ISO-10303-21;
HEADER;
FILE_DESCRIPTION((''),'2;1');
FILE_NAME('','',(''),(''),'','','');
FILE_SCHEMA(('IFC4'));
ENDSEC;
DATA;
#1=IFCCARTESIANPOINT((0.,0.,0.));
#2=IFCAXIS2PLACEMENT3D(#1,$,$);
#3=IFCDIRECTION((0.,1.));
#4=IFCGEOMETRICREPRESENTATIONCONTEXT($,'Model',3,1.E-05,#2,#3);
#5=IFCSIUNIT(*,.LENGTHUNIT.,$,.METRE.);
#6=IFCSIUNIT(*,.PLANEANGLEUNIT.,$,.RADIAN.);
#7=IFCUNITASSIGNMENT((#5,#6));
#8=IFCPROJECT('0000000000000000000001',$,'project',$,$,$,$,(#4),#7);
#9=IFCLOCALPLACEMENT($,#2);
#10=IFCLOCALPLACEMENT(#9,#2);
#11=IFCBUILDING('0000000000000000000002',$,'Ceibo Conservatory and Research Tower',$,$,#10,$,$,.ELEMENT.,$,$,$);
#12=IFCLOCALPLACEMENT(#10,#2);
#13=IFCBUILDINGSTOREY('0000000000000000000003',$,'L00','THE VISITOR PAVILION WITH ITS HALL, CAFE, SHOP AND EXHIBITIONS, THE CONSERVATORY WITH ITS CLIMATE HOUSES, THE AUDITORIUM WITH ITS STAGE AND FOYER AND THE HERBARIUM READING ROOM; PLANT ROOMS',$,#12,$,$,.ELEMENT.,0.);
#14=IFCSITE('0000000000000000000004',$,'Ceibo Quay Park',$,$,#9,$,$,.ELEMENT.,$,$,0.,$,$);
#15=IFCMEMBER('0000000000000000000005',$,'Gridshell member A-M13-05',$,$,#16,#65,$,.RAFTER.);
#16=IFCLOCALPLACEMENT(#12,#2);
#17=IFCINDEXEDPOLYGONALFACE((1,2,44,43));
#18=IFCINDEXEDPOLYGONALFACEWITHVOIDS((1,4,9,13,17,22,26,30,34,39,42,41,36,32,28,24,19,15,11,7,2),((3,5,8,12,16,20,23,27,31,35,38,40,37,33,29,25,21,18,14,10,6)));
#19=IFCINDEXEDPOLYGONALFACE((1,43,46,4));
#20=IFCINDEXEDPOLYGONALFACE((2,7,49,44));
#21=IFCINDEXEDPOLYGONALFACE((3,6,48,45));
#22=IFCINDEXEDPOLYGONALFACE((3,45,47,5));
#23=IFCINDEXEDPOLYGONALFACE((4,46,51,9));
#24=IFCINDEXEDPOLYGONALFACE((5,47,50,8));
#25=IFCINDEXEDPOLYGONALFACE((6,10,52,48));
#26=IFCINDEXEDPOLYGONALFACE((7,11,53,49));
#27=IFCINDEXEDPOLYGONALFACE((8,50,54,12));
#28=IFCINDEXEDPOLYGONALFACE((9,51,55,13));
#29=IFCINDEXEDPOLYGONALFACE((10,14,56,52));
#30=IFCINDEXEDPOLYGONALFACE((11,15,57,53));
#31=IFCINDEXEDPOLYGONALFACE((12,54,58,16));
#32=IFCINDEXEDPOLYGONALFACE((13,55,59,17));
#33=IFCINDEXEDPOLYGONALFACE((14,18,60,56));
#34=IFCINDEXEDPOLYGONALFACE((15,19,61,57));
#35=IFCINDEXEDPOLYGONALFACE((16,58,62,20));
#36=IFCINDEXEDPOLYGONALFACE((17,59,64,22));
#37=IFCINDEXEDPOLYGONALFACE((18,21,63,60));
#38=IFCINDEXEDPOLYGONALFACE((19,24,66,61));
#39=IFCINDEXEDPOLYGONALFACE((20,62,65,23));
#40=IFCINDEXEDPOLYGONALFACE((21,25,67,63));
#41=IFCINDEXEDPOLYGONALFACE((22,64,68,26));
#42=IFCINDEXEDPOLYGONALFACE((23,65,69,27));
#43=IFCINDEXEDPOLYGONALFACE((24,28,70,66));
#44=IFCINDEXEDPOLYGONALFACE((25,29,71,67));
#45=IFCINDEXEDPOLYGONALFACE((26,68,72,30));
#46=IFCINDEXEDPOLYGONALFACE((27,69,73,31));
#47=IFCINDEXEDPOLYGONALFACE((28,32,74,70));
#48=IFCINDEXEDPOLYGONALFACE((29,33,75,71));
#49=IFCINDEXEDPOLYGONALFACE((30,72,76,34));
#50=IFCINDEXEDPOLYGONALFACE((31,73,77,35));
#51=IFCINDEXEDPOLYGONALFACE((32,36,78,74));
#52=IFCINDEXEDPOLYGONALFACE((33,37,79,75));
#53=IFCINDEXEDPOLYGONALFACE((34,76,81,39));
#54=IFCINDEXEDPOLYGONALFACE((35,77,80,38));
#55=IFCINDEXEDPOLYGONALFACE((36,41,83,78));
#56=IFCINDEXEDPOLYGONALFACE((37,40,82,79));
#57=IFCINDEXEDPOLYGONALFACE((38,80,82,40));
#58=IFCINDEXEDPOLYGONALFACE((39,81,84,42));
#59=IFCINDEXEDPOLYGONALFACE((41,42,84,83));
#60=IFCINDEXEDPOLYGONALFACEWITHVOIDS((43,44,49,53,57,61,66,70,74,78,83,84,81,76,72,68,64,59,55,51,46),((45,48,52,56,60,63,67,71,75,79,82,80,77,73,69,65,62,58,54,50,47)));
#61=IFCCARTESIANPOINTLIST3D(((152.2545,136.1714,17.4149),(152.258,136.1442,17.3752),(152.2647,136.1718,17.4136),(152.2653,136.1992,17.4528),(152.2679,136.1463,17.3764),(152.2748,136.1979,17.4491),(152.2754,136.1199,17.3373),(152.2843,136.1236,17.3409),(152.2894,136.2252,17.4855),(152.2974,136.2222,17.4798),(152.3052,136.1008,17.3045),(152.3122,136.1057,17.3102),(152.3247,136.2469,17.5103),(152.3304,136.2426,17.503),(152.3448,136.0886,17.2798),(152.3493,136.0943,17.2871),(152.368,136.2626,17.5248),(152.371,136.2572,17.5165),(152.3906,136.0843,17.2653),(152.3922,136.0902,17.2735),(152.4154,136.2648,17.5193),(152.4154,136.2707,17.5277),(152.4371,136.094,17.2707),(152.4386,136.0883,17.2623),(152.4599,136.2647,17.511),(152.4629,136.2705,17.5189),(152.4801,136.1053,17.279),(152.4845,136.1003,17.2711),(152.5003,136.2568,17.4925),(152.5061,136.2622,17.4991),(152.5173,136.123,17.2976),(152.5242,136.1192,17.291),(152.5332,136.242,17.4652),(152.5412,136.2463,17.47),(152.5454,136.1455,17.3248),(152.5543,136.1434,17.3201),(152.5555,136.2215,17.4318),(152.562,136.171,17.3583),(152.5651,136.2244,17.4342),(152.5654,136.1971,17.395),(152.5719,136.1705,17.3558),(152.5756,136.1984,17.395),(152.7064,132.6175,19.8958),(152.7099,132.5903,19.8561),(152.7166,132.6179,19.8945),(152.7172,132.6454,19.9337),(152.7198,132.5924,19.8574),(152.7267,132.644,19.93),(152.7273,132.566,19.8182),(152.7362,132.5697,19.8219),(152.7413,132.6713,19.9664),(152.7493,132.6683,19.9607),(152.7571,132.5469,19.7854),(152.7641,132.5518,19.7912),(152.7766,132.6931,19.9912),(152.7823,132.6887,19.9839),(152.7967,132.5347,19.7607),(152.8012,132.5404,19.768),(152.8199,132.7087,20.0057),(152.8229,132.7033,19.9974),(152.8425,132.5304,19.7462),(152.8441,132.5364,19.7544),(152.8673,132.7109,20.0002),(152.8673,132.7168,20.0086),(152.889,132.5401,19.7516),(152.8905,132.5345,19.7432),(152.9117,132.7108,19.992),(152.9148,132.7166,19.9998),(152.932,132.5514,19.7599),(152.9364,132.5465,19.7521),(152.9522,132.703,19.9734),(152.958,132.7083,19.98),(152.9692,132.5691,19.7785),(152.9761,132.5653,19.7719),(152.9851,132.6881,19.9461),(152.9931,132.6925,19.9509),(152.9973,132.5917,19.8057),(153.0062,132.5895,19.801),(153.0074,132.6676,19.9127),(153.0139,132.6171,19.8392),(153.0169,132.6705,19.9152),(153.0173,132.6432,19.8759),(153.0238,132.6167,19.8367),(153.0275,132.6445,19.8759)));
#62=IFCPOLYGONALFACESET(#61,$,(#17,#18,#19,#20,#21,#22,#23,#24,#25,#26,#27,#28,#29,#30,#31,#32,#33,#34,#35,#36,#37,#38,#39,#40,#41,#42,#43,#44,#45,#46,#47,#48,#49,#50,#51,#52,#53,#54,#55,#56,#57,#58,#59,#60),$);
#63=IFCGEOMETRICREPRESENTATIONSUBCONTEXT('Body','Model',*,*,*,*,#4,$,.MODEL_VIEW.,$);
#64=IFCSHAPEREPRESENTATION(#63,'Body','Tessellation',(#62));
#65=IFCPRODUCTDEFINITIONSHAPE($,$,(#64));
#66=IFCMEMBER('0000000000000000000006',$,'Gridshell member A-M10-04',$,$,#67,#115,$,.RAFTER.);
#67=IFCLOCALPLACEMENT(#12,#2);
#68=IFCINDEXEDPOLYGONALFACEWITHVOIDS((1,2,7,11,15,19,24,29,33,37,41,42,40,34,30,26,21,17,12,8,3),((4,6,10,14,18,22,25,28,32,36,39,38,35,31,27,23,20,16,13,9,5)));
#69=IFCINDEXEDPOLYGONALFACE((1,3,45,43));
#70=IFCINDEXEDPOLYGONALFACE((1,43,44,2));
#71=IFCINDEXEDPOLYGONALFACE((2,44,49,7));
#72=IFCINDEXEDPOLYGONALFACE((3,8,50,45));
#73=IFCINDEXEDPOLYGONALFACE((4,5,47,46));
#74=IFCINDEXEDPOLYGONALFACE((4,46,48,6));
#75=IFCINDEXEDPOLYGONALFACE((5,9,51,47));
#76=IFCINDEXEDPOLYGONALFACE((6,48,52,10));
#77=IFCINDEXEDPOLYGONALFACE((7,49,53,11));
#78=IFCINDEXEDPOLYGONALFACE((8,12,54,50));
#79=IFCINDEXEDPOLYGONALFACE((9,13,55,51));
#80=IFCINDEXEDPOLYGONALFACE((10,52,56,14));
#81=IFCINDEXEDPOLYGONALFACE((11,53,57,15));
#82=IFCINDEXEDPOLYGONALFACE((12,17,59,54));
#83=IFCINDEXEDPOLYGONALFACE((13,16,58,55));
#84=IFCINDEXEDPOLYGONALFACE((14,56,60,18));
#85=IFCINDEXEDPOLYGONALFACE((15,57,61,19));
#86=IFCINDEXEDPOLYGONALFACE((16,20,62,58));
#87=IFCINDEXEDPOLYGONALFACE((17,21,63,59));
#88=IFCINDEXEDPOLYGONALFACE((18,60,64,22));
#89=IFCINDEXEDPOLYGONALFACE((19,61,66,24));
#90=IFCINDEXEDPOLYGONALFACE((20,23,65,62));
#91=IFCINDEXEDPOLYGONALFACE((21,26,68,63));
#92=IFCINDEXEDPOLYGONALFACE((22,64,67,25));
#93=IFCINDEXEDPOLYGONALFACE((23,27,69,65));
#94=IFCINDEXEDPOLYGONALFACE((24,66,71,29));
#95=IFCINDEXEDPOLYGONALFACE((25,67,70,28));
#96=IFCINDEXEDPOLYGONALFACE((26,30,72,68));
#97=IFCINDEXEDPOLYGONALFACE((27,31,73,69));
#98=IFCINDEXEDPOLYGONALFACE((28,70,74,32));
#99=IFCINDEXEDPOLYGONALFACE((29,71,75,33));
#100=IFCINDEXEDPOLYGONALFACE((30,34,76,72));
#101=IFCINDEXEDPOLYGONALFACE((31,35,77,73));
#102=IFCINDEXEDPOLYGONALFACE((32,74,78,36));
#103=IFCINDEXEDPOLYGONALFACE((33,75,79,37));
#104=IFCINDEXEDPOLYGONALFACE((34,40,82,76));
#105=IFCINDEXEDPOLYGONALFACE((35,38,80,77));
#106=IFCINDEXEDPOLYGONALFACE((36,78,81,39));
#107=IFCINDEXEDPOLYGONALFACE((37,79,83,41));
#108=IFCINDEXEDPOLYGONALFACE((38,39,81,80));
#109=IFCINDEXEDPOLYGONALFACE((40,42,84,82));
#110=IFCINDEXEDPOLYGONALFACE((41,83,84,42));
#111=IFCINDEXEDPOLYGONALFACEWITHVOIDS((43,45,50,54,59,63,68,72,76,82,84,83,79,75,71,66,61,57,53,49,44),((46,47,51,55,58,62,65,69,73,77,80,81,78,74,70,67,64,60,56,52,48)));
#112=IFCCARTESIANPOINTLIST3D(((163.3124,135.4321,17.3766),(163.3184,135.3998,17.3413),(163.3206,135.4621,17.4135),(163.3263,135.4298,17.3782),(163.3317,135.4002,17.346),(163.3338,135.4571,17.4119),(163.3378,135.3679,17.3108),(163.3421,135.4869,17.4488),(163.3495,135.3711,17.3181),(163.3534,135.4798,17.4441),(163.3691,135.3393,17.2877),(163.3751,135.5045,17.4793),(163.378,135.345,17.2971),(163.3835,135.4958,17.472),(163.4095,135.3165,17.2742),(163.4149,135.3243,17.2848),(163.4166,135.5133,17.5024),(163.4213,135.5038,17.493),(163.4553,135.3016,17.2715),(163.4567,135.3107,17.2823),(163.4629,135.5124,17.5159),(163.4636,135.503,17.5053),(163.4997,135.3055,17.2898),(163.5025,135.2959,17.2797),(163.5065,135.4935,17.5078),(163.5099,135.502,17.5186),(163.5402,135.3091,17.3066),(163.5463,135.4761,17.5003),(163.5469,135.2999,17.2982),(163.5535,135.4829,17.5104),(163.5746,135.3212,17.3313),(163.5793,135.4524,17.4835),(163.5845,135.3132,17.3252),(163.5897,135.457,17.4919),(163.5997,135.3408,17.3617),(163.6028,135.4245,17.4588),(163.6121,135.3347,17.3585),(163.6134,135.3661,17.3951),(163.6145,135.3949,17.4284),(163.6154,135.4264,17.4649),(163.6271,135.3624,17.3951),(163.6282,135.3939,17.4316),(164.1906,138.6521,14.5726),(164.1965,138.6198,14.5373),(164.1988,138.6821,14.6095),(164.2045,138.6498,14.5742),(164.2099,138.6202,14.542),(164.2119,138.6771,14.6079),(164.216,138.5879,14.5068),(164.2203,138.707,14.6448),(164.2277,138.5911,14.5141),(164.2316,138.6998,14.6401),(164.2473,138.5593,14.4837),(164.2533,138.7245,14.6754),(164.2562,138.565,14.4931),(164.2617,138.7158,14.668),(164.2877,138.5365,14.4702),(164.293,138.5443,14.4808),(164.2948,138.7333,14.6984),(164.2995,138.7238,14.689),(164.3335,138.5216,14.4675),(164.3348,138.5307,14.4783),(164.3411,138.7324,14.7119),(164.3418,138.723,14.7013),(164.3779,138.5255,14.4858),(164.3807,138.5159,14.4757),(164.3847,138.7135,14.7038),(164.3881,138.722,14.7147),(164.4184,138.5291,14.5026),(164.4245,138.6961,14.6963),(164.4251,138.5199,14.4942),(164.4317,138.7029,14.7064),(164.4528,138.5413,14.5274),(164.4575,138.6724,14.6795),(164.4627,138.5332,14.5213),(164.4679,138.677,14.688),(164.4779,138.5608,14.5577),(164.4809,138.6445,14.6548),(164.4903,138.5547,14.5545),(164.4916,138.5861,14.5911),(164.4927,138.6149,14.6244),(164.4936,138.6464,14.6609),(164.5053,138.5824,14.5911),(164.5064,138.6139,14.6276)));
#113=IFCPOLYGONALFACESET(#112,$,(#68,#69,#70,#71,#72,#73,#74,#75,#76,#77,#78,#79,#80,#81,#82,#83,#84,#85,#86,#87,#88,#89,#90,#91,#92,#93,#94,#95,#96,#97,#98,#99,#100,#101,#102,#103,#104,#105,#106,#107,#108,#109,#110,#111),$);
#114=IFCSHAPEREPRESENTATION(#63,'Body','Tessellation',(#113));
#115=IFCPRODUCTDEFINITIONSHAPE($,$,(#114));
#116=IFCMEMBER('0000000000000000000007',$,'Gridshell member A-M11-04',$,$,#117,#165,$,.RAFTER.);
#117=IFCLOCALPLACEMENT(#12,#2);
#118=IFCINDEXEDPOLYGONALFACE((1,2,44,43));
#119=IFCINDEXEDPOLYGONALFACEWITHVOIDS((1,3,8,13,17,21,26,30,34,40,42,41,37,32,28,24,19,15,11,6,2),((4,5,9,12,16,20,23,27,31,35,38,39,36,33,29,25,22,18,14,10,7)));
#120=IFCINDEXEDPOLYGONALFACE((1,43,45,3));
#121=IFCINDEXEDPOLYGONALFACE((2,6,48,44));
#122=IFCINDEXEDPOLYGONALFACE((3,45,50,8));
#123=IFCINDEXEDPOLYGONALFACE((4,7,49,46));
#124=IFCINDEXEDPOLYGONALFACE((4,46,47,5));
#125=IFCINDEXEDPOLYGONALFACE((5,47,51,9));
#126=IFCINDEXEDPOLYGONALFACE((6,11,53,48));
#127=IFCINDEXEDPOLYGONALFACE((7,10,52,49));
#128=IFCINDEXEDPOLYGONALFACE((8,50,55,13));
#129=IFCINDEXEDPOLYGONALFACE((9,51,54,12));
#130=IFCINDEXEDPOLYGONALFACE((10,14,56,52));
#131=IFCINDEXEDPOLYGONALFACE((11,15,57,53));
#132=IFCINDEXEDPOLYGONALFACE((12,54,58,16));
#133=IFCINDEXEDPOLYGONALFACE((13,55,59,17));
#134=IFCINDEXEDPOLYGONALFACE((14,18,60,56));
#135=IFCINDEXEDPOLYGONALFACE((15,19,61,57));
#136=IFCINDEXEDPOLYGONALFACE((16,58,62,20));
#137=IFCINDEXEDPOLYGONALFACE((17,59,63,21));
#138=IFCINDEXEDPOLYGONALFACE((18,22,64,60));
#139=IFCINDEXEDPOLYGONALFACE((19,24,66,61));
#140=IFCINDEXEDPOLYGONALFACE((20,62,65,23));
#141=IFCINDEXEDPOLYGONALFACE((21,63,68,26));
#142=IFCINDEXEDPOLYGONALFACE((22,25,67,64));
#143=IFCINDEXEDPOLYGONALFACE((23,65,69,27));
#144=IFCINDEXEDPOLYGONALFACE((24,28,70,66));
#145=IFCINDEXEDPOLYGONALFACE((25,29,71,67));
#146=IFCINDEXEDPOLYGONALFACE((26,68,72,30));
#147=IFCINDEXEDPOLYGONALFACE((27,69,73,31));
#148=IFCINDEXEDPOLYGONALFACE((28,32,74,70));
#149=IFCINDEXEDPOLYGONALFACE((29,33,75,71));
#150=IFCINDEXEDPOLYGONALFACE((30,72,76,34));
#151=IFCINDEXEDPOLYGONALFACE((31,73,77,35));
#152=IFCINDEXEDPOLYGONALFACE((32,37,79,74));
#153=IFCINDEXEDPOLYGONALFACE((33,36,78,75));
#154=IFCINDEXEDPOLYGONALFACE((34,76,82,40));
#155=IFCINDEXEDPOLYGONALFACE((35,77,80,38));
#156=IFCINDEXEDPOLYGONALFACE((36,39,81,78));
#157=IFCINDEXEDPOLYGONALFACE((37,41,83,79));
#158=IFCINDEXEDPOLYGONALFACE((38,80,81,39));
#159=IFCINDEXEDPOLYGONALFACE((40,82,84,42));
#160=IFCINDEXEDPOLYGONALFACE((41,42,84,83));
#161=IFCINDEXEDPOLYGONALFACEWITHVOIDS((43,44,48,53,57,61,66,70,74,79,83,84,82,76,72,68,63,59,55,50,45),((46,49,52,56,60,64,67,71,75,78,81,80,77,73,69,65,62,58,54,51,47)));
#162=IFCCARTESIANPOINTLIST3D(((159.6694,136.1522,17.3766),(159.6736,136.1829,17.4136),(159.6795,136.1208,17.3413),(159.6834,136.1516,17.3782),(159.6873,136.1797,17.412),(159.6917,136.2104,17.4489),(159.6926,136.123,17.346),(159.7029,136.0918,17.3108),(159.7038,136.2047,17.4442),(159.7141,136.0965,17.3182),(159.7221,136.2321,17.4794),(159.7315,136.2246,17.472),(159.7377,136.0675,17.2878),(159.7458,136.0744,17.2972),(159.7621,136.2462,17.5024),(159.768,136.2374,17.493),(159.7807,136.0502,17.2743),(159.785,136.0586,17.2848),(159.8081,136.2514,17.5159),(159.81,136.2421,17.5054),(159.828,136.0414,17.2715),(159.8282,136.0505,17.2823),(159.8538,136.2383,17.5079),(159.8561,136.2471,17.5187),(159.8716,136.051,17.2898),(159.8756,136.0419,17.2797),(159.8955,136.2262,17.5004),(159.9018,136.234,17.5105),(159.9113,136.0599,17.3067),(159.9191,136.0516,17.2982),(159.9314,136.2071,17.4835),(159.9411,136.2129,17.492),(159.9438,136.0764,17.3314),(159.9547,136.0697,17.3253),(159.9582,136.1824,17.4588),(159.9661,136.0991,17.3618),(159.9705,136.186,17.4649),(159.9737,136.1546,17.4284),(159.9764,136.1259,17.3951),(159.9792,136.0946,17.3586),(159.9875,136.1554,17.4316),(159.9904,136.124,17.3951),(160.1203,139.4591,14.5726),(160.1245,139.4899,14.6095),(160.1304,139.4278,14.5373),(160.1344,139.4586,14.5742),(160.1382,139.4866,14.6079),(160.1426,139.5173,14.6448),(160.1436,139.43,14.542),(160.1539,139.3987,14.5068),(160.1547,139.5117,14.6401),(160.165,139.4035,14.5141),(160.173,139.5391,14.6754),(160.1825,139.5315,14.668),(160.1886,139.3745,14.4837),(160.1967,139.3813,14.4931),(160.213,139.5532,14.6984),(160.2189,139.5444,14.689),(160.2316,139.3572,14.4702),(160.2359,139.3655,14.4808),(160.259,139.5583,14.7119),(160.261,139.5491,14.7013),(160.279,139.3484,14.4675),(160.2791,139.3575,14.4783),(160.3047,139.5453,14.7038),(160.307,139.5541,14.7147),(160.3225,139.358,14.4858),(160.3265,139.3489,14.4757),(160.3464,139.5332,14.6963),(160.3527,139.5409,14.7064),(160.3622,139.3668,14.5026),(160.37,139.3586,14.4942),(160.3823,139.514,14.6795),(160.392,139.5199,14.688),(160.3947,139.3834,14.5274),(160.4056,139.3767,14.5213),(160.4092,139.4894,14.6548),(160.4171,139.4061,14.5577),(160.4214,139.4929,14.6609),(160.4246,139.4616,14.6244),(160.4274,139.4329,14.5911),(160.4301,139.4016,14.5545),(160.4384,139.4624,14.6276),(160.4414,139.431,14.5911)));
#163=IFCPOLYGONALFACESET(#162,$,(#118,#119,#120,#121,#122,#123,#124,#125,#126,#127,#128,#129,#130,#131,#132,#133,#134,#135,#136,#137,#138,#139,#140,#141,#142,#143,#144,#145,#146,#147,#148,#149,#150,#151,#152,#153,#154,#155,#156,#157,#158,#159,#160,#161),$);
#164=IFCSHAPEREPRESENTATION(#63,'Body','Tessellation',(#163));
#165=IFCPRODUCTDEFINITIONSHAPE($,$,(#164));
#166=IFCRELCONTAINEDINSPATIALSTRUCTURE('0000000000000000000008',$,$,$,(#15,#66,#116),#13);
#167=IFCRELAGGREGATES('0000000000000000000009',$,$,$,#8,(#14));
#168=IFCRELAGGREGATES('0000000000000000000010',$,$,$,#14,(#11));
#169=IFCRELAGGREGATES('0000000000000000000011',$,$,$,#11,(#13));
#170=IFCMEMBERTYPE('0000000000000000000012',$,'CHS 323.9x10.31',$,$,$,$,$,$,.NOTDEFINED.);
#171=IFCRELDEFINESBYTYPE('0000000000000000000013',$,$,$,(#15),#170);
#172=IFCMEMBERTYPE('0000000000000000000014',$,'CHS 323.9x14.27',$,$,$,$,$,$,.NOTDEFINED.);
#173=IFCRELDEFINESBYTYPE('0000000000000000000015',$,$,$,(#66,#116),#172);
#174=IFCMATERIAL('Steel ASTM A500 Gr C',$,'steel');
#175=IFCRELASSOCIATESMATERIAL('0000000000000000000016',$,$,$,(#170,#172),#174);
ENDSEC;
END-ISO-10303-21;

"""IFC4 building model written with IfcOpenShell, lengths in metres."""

from ifc_helpers import new_model, si_unit, direction, frame, origin, origin_2d, place, context, subcontext, project, spatial, hollow_circle, extrude, material, material_profile, profile_set, type_object, element, save


model = new_model("IFC4")

# Units and contexts
model_context = context("Model", 3, precision=1e-05, world=origin(), true_north=direction((0.0, 1.0)))
body_context = subcontext(model_context, "Body", "Model", "MODEL_VIEW")
ifc_project = project(units=[si_unit("LENGTHUNIT", "METRE"), si_unit("PLANEANGLEUNIT", "RADIAN")], contexts=[model_context])

# Site, building, storey
site_placement = place(None, origin())
site = spatial("IfcSite", under=ifc_project, at=site_placement, Name="Ceibo Quay Park", CompositionType="ELEMENT", RefElevation=0.0)
building_placement = place(site_placement, origin())
building = spatial("IfcBuilding", under=site, at=building_placement, Name="Ceibo Conservatory and Research Tower", CompositionType="ELEMENT")
storey_placement = place(building_placement, origin())
storey = spatial("IfcBuildingStorey", under=building, at=storey_placement, Name="L00", Description="THE VISITOR PAVILION WITH ITS HALL, CAFE, SHOP AND EXHIBITIONS, THE CONSERVATORY WITH ITS CLIMATE HOUSES, THE AUDITORIUM WITH ITS STAGE AND FOYER AND THE HERBARIUM READING ROOM; PLANT ROOMS", CompositionType="ELEMENT", Elevation=0.0)

# Members
ifc_material_1 = material(Name="Steel ASTM A500 Gr C", Category="steel")
ifc_material_profile_1 = material_profile(ifc_material_1, hollow_circle(Radius=0.1619, WallThickness=0.0103, at=origin_2d()), Name="CHS 323.9x10.31")
ifc_profile_set_1 = profile_set([ifc_material_profile_1], Name="Steel ASTM A500 Gr C")
member_type_1 = type_object("IfcMemberType", Name="CHS 323.9x10.31", PredefinedType="NOTDEFINED", material=ifc_profile_set_1)
member_1_placement = place(storey_placement, frame((152.415, 136.178, 17.395), z_axis=(0.103701, -0.815549, 0.569321), x_axis=(0.992012, 0.12614, 0.0)))
element("IfcMember", 1, at=member_1_placement, inside=storey, type_object=member_type_1, Name="Gridshell member A-M13-05", PredefinedType="RAFTER", context=body_context, shape_type="SweptSolid", body=[
    extrude(hollow_circle(Radius=0.1619, WallThickness=0.0103, at=origin_2d()), origin(), (0.0, 0.0, 1.0), 4.3577),
])
ifc_material_profile_2 = material_profile(ifc_material_1, hollow_circle(Radius=0.1619, WallThickness=0.0142, at=origin_2d()), Name="CHS 323.9x14.27")
ifc_profile_set_2 = profile_set([ifc_material_profile_2], Name="Steel ASTM A500 Gr C")
member_type_2 = type_object("IfcMemberType", Name="CHS 323.9x14.27", PredefinedType="NOTDEFINED", material=ifc_profile_set_2)
for number, where, z_axis, x_axis, name in (
    (2, (164.3491, 138.625, 14.5911), (-0.201459, -0.738682, 0.643245), (0.964764, -0.263117, 0.0), "Gridshell member A-M10-04"),
    (3, (160.281, 139.4529, 14.5911), (-0.103447, -0.758632, 0.643255), (0.990831, -0.13511, 0.0), "Gridshell member A-M11-04"),
):
    element("IfcMember", number, at=place(storey_placement, frame(where, z_axis=z_axis, x_axis=x_axis)), inside=storey, type_object=member_type_2, Name=name, PredefinedType="RAFTER", context=body_context, shape_type="SweptSolid", body=[
        extrude(hollow_circle(Radius=0.1619, WallThickness=0.0142, at=origin_2d()), origin(), (0.0, 0.0, 1.0), 4.3591),
    ])

save(model, "model.ifc")
